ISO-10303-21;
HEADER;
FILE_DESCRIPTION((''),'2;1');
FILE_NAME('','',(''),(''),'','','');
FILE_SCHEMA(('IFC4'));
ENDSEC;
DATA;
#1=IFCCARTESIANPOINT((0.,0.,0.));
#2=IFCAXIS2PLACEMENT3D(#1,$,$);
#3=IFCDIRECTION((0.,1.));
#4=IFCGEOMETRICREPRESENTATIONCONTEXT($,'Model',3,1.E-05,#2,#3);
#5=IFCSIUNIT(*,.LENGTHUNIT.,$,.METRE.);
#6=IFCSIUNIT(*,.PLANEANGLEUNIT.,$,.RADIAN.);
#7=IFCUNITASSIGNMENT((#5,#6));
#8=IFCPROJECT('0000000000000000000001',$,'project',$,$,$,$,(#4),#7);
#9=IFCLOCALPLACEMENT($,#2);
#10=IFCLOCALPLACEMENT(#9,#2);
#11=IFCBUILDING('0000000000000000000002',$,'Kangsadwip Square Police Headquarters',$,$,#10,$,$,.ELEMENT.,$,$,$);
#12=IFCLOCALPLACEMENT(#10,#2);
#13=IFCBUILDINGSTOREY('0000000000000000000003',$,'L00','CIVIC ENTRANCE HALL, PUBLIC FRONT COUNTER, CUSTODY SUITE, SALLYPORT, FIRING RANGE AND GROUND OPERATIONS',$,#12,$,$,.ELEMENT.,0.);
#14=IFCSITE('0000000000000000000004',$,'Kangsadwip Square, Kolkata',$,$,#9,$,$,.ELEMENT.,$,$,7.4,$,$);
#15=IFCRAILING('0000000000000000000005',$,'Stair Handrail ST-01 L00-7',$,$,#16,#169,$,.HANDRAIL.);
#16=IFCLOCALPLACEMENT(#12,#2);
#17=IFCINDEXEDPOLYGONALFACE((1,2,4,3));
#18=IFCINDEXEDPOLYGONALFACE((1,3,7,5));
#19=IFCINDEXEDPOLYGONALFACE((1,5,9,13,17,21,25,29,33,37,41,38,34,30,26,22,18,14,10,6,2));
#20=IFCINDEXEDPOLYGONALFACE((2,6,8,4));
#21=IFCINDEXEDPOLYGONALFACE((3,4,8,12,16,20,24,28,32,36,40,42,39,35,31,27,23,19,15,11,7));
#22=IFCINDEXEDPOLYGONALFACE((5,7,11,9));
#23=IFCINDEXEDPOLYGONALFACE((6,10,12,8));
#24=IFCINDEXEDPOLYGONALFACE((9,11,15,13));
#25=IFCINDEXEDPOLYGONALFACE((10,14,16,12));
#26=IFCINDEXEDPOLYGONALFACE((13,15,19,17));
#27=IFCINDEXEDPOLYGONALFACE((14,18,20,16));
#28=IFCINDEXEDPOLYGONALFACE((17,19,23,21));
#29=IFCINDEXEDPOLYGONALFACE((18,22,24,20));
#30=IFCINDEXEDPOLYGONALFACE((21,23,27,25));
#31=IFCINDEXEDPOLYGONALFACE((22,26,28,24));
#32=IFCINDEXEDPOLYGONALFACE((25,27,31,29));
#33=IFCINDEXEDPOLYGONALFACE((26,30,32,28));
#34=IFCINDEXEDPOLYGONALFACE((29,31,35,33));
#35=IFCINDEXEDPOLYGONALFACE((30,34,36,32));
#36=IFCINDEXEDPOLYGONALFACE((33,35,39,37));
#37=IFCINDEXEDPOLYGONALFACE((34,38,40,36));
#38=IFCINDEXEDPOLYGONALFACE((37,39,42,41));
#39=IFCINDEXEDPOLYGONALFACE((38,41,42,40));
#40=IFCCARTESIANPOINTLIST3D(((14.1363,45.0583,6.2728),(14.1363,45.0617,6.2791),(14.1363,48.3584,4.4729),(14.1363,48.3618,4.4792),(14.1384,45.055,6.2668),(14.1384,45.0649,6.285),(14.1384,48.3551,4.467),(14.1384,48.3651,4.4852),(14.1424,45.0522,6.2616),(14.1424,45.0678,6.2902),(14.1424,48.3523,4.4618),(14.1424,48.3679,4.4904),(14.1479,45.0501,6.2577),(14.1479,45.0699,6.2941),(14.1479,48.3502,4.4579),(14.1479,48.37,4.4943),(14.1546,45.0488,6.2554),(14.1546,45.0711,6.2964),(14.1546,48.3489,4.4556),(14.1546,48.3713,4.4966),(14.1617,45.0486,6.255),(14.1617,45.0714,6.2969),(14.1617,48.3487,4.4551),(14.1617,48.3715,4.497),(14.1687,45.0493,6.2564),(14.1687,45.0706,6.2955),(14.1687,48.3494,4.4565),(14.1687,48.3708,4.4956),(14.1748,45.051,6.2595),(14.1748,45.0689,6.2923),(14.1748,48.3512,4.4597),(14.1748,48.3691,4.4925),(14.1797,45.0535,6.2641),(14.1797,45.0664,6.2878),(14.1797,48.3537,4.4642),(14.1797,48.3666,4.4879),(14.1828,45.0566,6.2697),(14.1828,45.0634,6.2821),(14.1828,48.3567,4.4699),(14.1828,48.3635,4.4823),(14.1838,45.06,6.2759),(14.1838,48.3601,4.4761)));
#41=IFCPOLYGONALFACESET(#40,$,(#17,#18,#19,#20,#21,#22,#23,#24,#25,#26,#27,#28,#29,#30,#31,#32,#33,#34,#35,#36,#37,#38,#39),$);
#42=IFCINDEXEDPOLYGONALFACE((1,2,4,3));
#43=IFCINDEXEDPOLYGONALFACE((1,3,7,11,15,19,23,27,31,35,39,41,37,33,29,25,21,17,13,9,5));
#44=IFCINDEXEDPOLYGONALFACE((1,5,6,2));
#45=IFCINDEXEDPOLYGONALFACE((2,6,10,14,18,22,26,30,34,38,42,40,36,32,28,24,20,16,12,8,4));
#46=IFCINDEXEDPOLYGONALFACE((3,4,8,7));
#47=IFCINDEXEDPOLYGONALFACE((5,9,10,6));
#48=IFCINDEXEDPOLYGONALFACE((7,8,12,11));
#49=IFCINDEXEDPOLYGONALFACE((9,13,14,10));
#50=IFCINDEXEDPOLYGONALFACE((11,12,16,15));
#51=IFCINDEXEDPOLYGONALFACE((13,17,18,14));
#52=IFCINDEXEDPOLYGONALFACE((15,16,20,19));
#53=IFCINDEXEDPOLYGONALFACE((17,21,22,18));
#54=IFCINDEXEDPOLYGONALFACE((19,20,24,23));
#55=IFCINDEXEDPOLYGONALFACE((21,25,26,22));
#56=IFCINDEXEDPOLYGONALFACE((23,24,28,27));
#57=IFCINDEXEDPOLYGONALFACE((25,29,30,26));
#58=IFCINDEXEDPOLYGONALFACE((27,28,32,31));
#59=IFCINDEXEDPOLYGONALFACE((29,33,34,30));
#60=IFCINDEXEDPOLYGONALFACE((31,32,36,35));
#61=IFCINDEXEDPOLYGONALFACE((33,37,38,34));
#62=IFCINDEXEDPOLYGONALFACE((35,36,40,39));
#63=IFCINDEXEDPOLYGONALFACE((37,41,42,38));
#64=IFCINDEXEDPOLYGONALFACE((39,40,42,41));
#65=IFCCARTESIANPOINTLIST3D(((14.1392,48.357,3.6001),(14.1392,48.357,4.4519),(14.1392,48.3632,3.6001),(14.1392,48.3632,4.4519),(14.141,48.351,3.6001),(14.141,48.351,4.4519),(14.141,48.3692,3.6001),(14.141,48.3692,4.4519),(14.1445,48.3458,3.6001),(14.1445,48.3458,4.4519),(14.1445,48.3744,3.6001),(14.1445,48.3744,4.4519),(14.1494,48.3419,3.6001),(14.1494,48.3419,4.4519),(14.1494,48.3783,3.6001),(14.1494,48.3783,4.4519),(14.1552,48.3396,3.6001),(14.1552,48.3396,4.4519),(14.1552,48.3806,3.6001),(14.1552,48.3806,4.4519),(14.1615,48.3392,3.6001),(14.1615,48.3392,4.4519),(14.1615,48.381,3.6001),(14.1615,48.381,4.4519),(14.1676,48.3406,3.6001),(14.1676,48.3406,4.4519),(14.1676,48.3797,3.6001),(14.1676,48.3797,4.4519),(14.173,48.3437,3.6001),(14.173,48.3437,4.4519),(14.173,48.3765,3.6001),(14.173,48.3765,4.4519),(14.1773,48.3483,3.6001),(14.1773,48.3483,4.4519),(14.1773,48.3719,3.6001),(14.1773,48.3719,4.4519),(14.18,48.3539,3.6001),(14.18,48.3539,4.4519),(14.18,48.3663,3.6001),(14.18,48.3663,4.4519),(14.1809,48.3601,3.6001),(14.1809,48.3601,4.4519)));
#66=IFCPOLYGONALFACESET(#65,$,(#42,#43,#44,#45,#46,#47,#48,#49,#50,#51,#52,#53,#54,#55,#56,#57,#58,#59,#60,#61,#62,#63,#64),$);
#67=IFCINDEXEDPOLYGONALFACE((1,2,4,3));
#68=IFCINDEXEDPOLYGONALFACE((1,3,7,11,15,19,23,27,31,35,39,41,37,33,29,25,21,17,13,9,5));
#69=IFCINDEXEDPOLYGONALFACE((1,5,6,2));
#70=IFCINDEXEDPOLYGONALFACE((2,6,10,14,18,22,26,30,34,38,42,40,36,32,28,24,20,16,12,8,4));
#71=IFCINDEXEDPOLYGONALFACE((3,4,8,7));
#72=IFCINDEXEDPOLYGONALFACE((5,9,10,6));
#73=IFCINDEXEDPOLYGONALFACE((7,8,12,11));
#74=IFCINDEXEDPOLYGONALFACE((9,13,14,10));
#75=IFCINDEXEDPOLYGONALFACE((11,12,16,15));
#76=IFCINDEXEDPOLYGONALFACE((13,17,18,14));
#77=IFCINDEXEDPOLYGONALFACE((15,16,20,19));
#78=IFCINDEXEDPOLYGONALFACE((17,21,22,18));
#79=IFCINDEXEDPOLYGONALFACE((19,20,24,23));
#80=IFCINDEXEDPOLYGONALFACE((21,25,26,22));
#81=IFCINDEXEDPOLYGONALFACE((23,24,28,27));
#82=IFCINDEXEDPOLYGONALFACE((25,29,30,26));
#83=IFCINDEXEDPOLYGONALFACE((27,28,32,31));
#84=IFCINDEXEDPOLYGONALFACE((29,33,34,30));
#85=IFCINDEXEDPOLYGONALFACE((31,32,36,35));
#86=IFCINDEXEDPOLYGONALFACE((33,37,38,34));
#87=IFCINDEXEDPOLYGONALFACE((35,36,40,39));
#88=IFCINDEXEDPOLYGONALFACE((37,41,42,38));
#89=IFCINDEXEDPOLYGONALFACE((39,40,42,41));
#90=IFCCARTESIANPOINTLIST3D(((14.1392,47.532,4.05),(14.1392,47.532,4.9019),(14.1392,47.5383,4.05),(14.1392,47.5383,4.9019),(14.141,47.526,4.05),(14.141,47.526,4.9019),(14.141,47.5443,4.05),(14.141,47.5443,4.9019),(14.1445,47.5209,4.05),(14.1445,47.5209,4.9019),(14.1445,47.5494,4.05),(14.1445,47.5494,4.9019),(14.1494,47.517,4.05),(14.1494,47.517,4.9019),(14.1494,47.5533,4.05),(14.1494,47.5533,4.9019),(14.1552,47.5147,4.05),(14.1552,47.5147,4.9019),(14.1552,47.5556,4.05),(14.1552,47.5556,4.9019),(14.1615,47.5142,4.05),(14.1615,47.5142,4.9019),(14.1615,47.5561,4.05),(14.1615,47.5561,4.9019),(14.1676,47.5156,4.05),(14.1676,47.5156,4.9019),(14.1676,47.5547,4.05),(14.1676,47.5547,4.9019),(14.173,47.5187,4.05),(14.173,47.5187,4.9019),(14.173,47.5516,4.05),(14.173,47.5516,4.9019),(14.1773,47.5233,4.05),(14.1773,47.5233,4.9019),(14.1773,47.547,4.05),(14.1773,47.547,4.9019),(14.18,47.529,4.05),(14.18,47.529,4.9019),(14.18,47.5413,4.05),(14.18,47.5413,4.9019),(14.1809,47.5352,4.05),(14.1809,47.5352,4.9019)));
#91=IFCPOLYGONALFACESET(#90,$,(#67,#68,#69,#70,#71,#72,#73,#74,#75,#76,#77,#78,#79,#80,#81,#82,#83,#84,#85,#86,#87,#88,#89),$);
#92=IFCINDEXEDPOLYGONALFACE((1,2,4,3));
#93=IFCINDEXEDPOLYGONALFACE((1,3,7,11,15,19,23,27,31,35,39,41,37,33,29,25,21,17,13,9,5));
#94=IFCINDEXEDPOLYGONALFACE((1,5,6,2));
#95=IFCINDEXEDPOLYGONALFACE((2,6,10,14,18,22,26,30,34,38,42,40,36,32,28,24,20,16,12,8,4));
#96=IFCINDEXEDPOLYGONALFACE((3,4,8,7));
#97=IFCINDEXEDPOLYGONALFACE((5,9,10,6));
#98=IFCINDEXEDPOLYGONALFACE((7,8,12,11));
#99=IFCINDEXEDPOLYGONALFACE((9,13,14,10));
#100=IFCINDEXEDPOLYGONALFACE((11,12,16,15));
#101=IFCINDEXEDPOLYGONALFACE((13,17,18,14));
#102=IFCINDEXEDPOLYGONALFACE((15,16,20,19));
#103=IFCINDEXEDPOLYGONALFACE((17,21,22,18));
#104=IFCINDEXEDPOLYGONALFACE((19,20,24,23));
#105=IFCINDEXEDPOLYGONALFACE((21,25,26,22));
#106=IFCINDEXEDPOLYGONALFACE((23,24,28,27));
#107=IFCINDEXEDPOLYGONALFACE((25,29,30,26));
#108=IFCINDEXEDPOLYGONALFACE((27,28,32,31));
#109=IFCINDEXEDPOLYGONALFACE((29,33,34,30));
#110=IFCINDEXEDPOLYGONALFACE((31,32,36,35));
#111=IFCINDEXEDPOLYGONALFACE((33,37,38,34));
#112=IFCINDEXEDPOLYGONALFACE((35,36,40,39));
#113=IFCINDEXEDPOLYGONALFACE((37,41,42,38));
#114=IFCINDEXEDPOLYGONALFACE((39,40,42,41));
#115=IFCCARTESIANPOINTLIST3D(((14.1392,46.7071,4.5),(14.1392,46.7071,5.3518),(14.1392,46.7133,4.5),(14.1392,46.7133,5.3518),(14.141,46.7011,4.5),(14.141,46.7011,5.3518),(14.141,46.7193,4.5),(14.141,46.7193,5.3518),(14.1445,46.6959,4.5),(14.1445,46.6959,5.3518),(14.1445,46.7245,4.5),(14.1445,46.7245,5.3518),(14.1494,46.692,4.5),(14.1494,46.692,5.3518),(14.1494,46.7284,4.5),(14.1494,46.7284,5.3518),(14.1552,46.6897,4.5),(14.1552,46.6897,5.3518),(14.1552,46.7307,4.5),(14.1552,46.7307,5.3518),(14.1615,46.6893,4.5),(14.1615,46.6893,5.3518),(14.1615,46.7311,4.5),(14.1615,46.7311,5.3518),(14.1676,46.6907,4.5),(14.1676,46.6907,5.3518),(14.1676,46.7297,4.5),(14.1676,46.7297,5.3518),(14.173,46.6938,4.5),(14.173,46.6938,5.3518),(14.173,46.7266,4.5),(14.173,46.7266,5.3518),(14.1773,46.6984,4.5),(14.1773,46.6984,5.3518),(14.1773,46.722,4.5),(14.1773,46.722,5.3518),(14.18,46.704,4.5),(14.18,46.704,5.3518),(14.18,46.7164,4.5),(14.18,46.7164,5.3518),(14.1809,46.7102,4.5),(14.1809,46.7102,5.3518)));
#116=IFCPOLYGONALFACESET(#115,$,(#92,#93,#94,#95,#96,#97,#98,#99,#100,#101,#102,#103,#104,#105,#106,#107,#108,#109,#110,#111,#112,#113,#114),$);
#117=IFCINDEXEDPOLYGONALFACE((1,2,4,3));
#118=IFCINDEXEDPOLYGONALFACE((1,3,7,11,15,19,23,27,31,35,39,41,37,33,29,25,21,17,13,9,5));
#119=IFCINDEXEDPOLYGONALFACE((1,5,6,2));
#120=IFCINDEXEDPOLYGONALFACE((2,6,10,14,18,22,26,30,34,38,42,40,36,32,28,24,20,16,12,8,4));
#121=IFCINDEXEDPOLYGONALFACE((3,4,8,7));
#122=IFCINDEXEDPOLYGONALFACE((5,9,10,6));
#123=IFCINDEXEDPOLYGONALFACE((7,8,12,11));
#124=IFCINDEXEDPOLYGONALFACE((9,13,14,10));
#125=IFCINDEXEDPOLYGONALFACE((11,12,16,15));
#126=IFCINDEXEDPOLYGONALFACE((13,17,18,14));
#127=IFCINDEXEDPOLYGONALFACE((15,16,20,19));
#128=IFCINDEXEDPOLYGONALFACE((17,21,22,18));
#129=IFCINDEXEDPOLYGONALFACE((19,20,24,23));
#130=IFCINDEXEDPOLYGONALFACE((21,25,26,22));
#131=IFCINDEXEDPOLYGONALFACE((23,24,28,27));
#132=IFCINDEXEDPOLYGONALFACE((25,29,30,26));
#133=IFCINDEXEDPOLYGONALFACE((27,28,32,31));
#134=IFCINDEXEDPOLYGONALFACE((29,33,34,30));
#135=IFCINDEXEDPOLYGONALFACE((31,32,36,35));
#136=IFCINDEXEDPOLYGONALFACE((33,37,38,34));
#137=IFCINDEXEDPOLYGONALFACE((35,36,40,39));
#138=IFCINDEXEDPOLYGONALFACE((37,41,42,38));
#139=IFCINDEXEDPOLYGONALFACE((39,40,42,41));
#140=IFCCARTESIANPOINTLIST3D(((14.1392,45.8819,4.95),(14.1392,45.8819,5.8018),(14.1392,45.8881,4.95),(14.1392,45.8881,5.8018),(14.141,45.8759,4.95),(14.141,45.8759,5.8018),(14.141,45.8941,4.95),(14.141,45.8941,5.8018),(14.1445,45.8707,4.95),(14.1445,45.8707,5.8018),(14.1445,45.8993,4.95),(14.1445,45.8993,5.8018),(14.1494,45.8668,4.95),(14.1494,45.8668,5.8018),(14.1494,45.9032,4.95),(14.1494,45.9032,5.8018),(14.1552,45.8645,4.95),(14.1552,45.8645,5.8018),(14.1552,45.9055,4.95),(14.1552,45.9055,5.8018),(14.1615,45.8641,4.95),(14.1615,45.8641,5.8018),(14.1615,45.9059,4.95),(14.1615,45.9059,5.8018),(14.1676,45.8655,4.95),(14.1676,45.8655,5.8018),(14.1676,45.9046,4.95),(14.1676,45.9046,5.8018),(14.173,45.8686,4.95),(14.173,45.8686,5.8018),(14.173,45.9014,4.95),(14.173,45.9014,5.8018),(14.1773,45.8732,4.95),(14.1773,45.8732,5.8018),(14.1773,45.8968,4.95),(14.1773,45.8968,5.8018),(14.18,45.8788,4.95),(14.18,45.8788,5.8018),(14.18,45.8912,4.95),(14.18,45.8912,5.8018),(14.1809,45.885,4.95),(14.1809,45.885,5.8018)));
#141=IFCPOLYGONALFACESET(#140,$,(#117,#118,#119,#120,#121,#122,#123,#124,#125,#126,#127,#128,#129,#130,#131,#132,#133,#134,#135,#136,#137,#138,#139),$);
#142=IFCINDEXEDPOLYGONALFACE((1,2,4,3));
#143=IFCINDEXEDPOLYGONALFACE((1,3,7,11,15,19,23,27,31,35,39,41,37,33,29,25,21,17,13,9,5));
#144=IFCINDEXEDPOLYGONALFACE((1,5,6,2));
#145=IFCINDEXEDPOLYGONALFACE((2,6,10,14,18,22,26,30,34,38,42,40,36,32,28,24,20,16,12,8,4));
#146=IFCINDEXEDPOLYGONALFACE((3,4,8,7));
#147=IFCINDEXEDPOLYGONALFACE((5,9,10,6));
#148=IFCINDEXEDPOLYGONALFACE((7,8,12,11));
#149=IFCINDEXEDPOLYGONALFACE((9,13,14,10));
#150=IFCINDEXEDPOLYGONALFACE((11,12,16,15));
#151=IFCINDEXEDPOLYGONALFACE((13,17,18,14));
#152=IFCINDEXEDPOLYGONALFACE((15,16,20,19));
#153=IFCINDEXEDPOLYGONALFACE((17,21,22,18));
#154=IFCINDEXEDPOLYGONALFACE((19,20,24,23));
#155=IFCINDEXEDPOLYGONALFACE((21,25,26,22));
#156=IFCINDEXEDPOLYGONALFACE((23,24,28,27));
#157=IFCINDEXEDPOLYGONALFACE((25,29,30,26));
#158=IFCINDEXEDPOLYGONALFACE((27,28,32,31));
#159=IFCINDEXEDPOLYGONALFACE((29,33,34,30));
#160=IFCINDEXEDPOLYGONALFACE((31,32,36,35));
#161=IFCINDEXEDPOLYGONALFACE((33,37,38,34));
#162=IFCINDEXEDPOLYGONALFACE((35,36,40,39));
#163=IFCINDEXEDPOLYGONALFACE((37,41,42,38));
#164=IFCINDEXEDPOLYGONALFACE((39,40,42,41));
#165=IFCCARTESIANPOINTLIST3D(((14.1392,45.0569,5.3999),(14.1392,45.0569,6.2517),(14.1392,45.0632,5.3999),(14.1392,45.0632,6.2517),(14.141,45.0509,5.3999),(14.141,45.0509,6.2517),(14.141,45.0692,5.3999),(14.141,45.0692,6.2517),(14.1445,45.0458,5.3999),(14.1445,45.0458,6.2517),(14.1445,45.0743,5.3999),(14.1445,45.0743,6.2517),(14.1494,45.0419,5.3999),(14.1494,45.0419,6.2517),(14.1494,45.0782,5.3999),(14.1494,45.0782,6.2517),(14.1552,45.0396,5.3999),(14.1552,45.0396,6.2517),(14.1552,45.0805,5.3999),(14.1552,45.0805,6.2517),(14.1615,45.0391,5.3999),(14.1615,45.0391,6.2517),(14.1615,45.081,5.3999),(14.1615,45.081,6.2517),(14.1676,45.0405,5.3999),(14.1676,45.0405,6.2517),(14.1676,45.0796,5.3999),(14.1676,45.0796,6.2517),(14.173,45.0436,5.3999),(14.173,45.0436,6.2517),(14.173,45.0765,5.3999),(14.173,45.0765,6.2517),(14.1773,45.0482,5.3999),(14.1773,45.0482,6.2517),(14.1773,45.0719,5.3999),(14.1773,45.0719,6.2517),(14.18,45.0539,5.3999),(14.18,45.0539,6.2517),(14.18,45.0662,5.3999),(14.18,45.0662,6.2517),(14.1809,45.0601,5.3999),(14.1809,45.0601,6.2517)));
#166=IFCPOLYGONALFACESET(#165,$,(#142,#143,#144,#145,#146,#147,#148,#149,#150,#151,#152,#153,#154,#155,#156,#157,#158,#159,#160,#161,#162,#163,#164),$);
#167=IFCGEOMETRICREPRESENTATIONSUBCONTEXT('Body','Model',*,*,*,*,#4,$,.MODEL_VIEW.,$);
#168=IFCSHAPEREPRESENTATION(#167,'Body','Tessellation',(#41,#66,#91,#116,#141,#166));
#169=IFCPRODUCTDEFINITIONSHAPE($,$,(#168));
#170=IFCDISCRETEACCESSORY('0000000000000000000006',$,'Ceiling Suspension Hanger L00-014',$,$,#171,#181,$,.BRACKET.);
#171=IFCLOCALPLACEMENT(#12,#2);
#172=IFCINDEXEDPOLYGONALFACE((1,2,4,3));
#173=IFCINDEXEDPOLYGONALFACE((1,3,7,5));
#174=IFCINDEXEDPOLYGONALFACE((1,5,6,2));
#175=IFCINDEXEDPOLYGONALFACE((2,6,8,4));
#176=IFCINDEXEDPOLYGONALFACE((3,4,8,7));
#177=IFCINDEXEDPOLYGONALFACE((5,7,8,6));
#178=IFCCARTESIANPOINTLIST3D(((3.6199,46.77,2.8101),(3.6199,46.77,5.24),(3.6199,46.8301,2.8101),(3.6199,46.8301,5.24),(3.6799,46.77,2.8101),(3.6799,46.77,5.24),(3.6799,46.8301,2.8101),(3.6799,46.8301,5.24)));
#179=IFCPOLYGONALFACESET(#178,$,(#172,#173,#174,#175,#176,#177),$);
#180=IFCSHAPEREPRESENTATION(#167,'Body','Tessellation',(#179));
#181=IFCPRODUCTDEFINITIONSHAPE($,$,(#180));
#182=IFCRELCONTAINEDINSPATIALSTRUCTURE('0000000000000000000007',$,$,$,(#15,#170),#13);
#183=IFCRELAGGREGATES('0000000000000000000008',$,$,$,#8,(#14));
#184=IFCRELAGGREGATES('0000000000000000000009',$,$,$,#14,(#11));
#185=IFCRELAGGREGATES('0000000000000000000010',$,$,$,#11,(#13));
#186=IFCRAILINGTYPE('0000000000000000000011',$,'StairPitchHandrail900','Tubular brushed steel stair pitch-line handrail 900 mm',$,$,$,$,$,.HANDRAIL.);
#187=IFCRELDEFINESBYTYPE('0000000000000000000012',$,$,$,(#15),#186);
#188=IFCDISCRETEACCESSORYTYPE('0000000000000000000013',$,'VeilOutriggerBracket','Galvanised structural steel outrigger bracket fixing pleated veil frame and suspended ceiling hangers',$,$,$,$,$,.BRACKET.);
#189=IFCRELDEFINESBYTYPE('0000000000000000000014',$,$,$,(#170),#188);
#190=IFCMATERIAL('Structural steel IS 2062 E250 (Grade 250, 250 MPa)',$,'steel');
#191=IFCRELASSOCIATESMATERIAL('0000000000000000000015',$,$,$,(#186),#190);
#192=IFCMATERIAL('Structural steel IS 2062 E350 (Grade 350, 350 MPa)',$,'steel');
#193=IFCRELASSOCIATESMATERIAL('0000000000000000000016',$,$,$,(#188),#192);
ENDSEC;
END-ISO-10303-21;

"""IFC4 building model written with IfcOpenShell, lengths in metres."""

from ifc_helpers import new_model, si_unit, direction, frame, origin, origin_2d, place, context, subcontext, project, spatial, rectangle, circle, extrude, material, type_object, element, save


model = new_model("IFC4")

# Units and contexts
model_context = context("Model", 3, precision=1e-05, world=origin(), true_north=direction((0.0, 1.0)))
body_context = subcontext(model_context, "Body", "Model", "MODEL_VIEW")
ifc_project = project(units=[si_unit("LENGTHUNIT", "METRE"), si_unit("PLANEANGLEUNIT", "RADIAN")], contexts=[model_context])

# Site, building, storey
site_placement = place(None, origin())
site = spatial("IfcSite", under=ifc_project, at=site_placement, Name="Kangsadwip Square, Kolkata", CompositionType="ELEMENT", RefElevation=7.4)
building_placement = place(site_placement, origin())
building = spatial("IfcBuilding", under=site, at=building_placement, Name="Kangsadwip Square Police Headquarters", CompositionType="ELEMENT")
storey_placement = place(building_placement, origin())
storey = spatial("IfcBuildingStorey", under=building, at=storey_placement, Name="L00", Description="CIVIC ENTRANCE HALL, PUBLIC FRONT COUNTER, CUSTODY SUITE, SALLYPORT, FIRING RANGE AND GROUND OPERATIONS", CompositionType="ELEMENT", Elevation=0.0)

# Railing
ifc_material_1 = material(Name="Structural steel IS 2062 E250 (Grade 250, 250 MPa)", Category="steel")
railing_type_1 = type_object("IfcRailingType", Name="StairPitchHandrail900", Description="Tubular brushed steel stair pitch-line handrail 900 mm", PredefinedType="HANDRAIL", material=ifc_material_1)
railing_1_placement = place(storey_placement, frame((14.1599, 48.3601, 3.6001)))
element("IfcRailing", 1, at=railing_1_placement, inside=storey, type_object=railing_type_1, Name="Stair Handrail ST-01 L00-7", PredefinedType="HANDRAIL", context=body_context, shape_type="SweptSolid", body=[
    extrude(circle(Radius=0.0239, at=origin_2d()), frame((0.0, 0.0, 0.876), z_axis=(0.0, -0.87792, 0.478807), x_axis=(1.0, 0.0, 0.0)), (0.0, 0.0, 1.0), 3.759),
    extrude(circle(Radius=0.021, at=origin_2d()), origin(), (0.0, 0.0, 1.0), 0.8518),
    extrude(circle(Radius=0.021, at=origin_2d()), frame((0.0, -0.825, 0.45)), (0.0, 0.0, 1.0), 0.8518),
    extrude(circle(Radius=0.021, at=origin_2d()), frame((0.0, -1.6499, 0.8999)), (0.0, 0.0, 1.0), 0.8518),
    extrude(circle(Radius=0.021, at=origin_2d()), frame((0.0, -2.4751, 1.3499)), (0.0, 0.0, 1.0), 0.8518),
    extrude(circle(Radius=0.021, at=origin_2d()), frame((0.0, -3.3, 1.7998)), (0.0, 0.0, 1.0), 0.8518),
])

# Discrete accessory
ifc_material_2 = material(Name="Structural steel IS 2062 E350 (Grade 350, 350 MPa)", Category="steel")
discrete_accessory_type = type_object("IfcDiscreteAccessoryType", Name="VeilOutriggerBracket", Description="Galvanised structural steel outrigger bracket fixing pleated veil frame and suspended ceiling hangers", PredefinedType="BRACKET", material=ifc_material_2)
discrete_accessory_placement = place(storey_placement, frame((3.6499, 46.8, 2.8101), z_axis=(0.0, 0.0, 1.0), x_axis=(1.0, 0.0, 0.0)))
element("IfcDiscreteAccessory", 2, at=discrete_accessory_placement, inside=storey, type_object=discrete_accessory_type, Name="Ceiling Suspension Hanger L00-014", PredefinedType="BRACKET", context=body_context, shape_type="SweptSolid", body=[
    extrude(rectangle(XDim=0.0601, YDim=0.0601, at=origin_2d()), origin(), (0.0, 0.0, 1.0), 2.4299),
])

save(model, "model.ifc")
